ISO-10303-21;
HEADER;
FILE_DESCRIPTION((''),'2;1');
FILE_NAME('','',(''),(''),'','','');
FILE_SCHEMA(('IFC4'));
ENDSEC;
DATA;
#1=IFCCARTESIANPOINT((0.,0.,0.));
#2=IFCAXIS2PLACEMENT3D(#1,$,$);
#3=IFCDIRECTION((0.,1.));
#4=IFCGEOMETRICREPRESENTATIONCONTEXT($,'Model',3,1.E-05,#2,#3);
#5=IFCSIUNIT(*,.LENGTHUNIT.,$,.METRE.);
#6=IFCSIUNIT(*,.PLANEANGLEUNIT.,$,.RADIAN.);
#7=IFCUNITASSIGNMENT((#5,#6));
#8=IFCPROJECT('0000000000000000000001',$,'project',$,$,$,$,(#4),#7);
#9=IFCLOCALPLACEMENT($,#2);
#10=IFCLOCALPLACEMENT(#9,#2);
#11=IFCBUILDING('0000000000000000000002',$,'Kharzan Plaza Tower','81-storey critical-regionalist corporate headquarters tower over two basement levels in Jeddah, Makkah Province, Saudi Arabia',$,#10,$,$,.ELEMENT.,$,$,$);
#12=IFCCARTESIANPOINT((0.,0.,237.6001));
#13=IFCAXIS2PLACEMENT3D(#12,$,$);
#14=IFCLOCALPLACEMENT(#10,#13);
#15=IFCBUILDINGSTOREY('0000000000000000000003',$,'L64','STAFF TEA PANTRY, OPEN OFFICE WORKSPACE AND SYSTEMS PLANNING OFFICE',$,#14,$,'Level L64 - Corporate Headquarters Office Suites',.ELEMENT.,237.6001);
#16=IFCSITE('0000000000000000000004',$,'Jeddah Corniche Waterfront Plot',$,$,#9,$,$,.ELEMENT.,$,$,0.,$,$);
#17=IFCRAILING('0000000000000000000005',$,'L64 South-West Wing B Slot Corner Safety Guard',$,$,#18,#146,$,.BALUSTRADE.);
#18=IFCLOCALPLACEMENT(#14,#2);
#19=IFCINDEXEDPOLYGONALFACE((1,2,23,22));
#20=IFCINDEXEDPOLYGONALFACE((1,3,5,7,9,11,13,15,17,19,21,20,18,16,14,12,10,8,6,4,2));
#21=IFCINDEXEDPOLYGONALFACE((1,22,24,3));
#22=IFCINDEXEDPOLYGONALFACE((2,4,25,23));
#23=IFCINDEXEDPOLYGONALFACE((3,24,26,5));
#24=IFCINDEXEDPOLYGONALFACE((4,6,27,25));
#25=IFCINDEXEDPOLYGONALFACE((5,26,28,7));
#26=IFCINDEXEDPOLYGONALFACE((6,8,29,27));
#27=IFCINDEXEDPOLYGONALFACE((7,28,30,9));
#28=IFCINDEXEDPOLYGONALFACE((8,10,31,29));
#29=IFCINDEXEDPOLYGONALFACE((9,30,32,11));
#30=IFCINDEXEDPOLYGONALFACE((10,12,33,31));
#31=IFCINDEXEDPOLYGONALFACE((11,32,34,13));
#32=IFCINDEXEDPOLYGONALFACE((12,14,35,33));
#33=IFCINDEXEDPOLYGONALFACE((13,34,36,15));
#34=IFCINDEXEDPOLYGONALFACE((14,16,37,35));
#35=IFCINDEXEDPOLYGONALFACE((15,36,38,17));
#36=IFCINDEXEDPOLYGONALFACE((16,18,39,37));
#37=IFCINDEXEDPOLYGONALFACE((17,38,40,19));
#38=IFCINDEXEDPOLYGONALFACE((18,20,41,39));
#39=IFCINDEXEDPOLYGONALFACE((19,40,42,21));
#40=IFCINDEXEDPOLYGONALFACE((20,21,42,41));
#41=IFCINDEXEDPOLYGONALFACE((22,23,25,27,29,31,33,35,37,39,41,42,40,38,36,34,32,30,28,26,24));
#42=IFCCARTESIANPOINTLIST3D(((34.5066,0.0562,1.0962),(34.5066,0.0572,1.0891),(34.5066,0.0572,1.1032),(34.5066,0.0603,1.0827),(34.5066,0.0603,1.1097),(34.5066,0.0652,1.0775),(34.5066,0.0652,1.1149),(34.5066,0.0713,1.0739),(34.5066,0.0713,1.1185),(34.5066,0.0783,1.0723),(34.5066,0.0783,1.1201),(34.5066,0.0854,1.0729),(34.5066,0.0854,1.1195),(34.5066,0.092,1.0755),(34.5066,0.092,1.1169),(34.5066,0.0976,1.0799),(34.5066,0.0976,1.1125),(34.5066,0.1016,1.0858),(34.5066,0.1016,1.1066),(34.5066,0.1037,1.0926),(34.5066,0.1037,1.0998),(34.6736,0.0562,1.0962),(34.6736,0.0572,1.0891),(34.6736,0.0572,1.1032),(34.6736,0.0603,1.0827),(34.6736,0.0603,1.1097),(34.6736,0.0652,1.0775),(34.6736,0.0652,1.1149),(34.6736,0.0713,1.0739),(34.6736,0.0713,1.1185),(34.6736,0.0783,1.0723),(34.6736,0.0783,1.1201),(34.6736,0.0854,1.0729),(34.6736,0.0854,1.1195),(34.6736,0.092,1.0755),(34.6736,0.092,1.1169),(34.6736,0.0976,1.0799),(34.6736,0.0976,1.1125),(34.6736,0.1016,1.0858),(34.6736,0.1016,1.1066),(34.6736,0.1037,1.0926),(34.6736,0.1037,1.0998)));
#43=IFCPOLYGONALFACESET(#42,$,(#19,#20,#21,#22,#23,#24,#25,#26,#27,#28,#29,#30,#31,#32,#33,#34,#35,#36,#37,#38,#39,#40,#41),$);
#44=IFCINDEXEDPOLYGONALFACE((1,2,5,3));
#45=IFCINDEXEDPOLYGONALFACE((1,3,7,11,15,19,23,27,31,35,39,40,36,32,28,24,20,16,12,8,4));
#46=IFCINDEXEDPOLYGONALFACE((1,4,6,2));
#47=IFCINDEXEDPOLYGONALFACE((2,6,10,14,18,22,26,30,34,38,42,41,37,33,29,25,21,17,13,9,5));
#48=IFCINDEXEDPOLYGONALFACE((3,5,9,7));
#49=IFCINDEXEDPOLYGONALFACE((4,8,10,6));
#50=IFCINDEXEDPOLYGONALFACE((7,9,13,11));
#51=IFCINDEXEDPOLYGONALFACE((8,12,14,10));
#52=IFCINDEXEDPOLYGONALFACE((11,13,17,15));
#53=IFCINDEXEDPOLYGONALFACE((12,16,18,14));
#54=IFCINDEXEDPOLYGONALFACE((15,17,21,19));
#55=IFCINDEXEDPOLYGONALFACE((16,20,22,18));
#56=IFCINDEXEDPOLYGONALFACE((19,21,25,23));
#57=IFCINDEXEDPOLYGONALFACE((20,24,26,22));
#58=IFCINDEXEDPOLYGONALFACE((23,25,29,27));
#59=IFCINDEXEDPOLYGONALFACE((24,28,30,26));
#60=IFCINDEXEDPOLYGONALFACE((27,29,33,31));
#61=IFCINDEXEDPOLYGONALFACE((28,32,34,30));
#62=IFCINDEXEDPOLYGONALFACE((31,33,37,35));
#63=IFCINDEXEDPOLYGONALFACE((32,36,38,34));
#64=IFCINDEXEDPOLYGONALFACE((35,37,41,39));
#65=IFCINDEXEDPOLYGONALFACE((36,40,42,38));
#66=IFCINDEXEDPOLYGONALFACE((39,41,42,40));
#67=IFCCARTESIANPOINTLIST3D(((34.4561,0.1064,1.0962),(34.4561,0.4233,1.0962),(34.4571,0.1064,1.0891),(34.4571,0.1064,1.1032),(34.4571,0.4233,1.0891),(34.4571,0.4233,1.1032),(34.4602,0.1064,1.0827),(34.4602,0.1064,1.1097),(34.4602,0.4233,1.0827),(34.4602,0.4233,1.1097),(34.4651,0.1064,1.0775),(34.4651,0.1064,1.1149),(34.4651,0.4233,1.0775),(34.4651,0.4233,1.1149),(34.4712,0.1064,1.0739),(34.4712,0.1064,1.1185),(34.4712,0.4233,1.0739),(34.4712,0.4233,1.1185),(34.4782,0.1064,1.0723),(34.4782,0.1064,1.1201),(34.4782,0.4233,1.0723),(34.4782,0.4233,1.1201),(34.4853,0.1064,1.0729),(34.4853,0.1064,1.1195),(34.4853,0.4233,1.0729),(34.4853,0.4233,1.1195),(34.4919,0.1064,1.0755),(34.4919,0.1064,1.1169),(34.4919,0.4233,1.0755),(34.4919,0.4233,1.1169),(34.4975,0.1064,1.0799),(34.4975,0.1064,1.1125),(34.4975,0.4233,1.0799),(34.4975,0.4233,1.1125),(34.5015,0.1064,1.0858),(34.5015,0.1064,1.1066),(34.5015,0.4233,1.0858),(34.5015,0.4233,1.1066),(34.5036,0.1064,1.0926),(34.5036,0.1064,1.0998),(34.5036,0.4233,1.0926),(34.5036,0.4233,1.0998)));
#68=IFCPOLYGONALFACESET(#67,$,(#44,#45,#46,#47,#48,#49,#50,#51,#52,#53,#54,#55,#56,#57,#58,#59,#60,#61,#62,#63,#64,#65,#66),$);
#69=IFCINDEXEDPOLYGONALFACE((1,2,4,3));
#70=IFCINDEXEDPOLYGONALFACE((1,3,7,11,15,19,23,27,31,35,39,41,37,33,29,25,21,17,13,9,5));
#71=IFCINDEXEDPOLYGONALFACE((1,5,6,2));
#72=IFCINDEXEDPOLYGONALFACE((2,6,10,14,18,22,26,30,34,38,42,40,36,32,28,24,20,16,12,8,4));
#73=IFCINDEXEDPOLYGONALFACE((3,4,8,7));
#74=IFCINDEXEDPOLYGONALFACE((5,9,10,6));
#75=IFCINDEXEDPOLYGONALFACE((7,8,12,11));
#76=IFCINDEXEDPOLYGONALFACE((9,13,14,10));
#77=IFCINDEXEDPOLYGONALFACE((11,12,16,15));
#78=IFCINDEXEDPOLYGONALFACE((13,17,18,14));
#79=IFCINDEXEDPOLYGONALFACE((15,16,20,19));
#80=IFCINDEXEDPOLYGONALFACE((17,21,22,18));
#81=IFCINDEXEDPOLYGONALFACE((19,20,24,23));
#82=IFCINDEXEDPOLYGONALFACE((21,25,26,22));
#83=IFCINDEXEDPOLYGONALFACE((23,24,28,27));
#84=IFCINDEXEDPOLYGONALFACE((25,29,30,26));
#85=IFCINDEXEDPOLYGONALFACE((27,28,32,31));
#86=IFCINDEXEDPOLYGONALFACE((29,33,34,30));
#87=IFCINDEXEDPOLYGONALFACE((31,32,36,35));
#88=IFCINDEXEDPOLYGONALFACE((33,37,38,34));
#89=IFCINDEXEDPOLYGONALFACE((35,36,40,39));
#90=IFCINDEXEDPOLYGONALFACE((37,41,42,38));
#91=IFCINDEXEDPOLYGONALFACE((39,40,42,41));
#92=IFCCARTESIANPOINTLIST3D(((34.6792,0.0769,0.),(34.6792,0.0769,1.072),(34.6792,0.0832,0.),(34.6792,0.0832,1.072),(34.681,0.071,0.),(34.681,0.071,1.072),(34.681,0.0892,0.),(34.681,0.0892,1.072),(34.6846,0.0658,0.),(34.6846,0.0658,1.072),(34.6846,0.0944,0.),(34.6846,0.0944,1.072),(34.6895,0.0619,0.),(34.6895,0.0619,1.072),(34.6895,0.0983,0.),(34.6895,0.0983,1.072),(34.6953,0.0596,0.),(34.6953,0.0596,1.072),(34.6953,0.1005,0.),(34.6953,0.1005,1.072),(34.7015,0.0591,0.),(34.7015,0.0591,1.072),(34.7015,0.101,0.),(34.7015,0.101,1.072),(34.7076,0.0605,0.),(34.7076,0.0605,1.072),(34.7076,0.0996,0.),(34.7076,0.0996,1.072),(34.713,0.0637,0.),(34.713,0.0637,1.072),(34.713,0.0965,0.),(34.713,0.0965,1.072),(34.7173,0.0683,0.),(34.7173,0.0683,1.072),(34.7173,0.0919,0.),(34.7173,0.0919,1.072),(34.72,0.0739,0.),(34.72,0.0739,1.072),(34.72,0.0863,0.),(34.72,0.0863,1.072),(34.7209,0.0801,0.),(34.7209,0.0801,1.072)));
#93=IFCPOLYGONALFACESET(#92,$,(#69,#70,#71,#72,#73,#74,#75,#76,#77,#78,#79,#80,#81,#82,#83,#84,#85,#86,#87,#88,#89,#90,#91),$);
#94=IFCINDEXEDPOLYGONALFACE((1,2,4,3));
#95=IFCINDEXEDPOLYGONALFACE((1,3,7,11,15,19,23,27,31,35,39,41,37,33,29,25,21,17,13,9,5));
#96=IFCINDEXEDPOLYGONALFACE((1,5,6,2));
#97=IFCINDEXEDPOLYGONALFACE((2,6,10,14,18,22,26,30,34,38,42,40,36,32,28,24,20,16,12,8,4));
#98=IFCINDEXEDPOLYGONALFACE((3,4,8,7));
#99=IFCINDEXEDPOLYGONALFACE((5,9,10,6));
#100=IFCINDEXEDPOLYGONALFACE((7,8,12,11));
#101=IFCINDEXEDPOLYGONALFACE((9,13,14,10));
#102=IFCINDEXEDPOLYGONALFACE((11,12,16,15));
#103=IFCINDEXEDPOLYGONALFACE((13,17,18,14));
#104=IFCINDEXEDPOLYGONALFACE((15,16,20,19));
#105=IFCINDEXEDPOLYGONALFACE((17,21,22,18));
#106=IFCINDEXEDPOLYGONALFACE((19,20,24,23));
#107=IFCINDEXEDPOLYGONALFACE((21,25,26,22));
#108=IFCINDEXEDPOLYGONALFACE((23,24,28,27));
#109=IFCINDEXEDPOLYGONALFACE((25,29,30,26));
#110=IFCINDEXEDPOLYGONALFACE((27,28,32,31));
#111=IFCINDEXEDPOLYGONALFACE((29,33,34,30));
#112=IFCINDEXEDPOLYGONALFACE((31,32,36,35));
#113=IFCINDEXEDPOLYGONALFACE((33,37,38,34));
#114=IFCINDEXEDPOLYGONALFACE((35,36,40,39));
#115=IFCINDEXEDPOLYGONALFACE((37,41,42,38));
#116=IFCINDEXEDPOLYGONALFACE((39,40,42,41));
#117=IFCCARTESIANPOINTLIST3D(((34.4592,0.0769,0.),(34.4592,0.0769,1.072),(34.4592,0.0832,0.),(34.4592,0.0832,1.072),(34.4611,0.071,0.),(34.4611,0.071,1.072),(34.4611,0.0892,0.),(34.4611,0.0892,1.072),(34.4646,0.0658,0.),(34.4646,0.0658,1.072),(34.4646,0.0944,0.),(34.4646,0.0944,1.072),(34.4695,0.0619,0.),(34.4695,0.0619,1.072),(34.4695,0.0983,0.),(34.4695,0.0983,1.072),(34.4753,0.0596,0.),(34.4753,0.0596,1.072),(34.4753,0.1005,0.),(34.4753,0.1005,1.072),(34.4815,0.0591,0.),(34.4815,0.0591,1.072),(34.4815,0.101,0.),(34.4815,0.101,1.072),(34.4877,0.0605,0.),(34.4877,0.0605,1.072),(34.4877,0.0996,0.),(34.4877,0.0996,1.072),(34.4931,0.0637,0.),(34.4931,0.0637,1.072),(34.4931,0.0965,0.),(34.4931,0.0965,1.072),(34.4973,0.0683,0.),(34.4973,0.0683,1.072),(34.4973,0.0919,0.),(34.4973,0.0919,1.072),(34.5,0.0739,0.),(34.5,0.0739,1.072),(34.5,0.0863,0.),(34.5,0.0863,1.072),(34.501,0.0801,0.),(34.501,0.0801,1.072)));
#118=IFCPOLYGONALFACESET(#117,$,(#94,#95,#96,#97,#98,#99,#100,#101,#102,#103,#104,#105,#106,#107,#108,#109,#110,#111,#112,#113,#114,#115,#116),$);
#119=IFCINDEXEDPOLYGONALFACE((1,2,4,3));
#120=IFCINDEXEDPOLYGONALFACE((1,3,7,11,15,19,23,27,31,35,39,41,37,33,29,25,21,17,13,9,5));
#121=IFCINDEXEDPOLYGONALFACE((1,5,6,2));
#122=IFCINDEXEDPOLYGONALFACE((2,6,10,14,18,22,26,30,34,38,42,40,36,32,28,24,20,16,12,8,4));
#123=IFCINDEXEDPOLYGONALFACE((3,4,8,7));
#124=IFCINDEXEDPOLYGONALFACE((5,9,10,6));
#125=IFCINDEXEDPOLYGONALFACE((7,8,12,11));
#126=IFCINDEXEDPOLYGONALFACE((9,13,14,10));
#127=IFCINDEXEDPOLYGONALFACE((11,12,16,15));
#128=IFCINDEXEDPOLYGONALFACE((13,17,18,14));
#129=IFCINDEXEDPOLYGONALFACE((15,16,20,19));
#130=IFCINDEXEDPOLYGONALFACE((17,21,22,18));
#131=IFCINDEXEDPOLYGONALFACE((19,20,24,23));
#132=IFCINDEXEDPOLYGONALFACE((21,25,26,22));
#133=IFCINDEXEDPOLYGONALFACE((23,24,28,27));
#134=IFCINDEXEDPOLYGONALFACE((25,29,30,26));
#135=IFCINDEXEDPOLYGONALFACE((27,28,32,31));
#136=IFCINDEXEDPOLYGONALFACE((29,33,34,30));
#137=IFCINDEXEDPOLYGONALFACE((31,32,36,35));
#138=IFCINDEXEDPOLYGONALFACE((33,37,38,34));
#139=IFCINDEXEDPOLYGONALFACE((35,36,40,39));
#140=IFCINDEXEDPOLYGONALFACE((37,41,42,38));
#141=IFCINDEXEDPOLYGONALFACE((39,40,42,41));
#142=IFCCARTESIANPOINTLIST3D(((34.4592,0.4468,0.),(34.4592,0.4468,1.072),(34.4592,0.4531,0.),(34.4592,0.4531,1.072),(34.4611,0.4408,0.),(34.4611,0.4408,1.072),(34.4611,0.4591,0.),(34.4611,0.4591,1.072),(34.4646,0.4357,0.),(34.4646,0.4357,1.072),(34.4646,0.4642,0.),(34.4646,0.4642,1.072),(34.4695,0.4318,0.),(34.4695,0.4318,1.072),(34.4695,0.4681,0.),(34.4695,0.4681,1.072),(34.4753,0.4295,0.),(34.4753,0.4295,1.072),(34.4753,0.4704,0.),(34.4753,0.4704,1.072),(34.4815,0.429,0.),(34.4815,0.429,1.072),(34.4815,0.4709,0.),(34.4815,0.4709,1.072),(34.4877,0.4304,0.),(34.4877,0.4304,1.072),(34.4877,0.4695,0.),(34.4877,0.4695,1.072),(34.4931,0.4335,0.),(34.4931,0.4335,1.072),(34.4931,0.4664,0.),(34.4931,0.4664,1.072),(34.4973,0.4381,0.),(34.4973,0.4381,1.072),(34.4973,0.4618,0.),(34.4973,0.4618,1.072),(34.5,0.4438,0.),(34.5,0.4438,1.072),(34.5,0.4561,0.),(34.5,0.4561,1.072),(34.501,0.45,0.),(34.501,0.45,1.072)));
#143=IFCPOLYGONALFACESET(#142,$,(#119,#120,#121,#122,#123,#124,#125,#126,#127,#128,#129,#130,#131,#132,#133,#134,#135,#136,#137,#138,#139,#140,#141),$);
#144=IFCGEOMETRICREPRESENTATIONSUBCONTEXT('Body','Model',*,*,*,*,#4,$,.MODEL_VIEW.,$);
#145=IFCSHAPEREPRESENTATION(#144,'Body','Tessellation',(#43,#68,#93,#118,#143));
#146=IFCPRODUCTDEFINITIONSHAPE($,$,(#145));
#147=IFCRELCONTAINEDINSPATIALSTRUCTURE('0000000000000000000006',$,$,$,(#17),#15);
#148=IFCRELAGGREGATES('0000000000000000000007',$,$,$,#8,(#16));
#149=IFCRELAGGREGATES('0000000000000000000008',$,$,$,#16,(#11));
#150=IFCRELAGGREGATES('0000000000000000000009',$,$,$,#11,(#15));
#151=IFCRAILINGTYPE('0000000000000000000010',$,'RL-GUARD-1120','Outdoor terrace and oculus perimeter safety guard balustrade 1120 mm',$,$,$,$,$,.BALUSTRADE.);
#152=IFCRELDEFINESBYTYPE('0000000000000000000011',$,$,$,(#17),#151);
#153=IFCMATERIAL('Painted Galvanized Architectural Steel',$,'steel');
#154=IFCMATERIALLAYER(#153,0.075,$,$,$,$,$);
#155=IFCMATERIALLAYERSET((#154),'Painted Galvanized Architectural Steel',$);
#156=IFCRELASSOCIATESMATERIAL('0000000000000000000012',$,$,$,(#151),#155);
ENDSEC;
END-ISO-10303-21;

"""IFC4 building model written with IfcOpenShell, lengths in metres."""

from ifc_helpers import new_model, si_unit, direction, frame, origin, origin_2d, place, context, subcontext, project, spatial, circle, extrude, source, transform, mapped, material, layer, layer_set, type_object, element, save


model = new_model("IFC4")

# Units and contexts
model_context = context("Model", 3, precision=1e-05, world=origin(), true_north=direction((0.0, 1.0)))
body_context = subcontext(model_context, "Body", "Model", "MODEL_VIEW")
ifc_project = project(units=[si_unit("LENGTHUNIT", "METRE"), si_unit("PLANEANGLEUNIT", "RADIAN")], contexts=[model_context])

# Site, building, storey
site_placement = place(None, origin())
site = spatial("IfcSite", under=ifc_project, at=site_placement, Name="Jeddah Corniche Waterfront Plot", CompositionType="ELEMENT", RefElevation=0.0)
building_placement = place(site_placement, origin())
building = spatial("IfcBuilding", under=site, at=building_placement, Name="Kharzan Plaza Tower", Description="81-storey critical-regionalist corporate headquarters tower over two basement levels in Jeddah, Makkah Province, Saudi Arabia", CompositionType="ELEMENT")
storey_placement = place(building_placement, frame((0.0, 0.0, 237.6001)))
storey = spatial("IfcBuildingStorey", under=building, at=storey_placement, Name="L64", Description="STAFF TEA PANTRY, OPEN OFFICE WORKSPACE AND SYSTEMS PLANNING OFFICE", LongName="Level L64 - Corporate Headquarters Office Suites", CompositionType="ELEMENT", Elevation=237.6001)

# Railing
ifc_material_1 = material(Name="Painted Galvanized Architectural Steel", Category="steel")
ifc_layer_1 = layer(ifc_material_1, 0.075)
ifc_layer_set_1 = layer_set([ifc_layer_1], Name="Painted Galvanized Architectural Steel")
railing_type_1 = type_object("IfcRailingType", Name="RL-GUARD-1120", Description="Outdoor terrace and oculus perimeter safety guard balustrade 1120 mm", PredefinedType="BALUSTRADE", material=ifc_layer_set_1)
shared_shape_1 = source(origin(), body_context, "Body", "SweptSolid", [
    extrude(circle(Radius=0.0239, at=origin_2d()), frame((-0.0264, 0.0, 1.0962), z_axis=(-1.0, 0.0, 0.0), x_axis=(0.0, -1.0, 0.0)), (0.0, 0.0, 1.0), 0.167),
    extrude(circle(Radius=0.0239, at=origin_2d()), frame((-0.22, 0.0264, 1.0962), z_axis=(0.0, 1.0, 0.0), x_axis=(-1.0, 0.0, 0.0)), (0.0, 0.0, 1.0), 0.3169),
    extrude(circle(Radius=0.021, at=origin_2d()), origin(), (0.0, 0.0, 1.0), 1.072),
    extrude(circle(Radius=0.021, at=origin_2d()), frame((-0.22, 0.0, 0.0)), (0.0, 0.0, 1.0), 1.072),
    extrude(circle(Radius=0.021, at=origin_2d()), frame((-0.22, 0.3699, 0.0)), (0.0, 0.0, 1.0), 1.072),
])
railing_1_placement = place(storey_placement, frame((34.7, 0.0801, 0.0)))
element("IfcRailing", 1, at=railing_1_placement, inside=storey, type_object=railing_type_1, Name="L64 South-West Wing B Slot Corner Safety Guard", PredefinedType="BALUSTRADE", context=body_context, shape_type="MappedRepresentation", body=[
    mapped(shared_shape_1, transform((0.0, 0.0, 0.0), x_axis=(1.0, 0.0, 0.0), y_axis=(0.0, 1.0, 0.0), z_axis=(0.0, 0.0, 1.0))),
])

save(model, "model.ifc")
